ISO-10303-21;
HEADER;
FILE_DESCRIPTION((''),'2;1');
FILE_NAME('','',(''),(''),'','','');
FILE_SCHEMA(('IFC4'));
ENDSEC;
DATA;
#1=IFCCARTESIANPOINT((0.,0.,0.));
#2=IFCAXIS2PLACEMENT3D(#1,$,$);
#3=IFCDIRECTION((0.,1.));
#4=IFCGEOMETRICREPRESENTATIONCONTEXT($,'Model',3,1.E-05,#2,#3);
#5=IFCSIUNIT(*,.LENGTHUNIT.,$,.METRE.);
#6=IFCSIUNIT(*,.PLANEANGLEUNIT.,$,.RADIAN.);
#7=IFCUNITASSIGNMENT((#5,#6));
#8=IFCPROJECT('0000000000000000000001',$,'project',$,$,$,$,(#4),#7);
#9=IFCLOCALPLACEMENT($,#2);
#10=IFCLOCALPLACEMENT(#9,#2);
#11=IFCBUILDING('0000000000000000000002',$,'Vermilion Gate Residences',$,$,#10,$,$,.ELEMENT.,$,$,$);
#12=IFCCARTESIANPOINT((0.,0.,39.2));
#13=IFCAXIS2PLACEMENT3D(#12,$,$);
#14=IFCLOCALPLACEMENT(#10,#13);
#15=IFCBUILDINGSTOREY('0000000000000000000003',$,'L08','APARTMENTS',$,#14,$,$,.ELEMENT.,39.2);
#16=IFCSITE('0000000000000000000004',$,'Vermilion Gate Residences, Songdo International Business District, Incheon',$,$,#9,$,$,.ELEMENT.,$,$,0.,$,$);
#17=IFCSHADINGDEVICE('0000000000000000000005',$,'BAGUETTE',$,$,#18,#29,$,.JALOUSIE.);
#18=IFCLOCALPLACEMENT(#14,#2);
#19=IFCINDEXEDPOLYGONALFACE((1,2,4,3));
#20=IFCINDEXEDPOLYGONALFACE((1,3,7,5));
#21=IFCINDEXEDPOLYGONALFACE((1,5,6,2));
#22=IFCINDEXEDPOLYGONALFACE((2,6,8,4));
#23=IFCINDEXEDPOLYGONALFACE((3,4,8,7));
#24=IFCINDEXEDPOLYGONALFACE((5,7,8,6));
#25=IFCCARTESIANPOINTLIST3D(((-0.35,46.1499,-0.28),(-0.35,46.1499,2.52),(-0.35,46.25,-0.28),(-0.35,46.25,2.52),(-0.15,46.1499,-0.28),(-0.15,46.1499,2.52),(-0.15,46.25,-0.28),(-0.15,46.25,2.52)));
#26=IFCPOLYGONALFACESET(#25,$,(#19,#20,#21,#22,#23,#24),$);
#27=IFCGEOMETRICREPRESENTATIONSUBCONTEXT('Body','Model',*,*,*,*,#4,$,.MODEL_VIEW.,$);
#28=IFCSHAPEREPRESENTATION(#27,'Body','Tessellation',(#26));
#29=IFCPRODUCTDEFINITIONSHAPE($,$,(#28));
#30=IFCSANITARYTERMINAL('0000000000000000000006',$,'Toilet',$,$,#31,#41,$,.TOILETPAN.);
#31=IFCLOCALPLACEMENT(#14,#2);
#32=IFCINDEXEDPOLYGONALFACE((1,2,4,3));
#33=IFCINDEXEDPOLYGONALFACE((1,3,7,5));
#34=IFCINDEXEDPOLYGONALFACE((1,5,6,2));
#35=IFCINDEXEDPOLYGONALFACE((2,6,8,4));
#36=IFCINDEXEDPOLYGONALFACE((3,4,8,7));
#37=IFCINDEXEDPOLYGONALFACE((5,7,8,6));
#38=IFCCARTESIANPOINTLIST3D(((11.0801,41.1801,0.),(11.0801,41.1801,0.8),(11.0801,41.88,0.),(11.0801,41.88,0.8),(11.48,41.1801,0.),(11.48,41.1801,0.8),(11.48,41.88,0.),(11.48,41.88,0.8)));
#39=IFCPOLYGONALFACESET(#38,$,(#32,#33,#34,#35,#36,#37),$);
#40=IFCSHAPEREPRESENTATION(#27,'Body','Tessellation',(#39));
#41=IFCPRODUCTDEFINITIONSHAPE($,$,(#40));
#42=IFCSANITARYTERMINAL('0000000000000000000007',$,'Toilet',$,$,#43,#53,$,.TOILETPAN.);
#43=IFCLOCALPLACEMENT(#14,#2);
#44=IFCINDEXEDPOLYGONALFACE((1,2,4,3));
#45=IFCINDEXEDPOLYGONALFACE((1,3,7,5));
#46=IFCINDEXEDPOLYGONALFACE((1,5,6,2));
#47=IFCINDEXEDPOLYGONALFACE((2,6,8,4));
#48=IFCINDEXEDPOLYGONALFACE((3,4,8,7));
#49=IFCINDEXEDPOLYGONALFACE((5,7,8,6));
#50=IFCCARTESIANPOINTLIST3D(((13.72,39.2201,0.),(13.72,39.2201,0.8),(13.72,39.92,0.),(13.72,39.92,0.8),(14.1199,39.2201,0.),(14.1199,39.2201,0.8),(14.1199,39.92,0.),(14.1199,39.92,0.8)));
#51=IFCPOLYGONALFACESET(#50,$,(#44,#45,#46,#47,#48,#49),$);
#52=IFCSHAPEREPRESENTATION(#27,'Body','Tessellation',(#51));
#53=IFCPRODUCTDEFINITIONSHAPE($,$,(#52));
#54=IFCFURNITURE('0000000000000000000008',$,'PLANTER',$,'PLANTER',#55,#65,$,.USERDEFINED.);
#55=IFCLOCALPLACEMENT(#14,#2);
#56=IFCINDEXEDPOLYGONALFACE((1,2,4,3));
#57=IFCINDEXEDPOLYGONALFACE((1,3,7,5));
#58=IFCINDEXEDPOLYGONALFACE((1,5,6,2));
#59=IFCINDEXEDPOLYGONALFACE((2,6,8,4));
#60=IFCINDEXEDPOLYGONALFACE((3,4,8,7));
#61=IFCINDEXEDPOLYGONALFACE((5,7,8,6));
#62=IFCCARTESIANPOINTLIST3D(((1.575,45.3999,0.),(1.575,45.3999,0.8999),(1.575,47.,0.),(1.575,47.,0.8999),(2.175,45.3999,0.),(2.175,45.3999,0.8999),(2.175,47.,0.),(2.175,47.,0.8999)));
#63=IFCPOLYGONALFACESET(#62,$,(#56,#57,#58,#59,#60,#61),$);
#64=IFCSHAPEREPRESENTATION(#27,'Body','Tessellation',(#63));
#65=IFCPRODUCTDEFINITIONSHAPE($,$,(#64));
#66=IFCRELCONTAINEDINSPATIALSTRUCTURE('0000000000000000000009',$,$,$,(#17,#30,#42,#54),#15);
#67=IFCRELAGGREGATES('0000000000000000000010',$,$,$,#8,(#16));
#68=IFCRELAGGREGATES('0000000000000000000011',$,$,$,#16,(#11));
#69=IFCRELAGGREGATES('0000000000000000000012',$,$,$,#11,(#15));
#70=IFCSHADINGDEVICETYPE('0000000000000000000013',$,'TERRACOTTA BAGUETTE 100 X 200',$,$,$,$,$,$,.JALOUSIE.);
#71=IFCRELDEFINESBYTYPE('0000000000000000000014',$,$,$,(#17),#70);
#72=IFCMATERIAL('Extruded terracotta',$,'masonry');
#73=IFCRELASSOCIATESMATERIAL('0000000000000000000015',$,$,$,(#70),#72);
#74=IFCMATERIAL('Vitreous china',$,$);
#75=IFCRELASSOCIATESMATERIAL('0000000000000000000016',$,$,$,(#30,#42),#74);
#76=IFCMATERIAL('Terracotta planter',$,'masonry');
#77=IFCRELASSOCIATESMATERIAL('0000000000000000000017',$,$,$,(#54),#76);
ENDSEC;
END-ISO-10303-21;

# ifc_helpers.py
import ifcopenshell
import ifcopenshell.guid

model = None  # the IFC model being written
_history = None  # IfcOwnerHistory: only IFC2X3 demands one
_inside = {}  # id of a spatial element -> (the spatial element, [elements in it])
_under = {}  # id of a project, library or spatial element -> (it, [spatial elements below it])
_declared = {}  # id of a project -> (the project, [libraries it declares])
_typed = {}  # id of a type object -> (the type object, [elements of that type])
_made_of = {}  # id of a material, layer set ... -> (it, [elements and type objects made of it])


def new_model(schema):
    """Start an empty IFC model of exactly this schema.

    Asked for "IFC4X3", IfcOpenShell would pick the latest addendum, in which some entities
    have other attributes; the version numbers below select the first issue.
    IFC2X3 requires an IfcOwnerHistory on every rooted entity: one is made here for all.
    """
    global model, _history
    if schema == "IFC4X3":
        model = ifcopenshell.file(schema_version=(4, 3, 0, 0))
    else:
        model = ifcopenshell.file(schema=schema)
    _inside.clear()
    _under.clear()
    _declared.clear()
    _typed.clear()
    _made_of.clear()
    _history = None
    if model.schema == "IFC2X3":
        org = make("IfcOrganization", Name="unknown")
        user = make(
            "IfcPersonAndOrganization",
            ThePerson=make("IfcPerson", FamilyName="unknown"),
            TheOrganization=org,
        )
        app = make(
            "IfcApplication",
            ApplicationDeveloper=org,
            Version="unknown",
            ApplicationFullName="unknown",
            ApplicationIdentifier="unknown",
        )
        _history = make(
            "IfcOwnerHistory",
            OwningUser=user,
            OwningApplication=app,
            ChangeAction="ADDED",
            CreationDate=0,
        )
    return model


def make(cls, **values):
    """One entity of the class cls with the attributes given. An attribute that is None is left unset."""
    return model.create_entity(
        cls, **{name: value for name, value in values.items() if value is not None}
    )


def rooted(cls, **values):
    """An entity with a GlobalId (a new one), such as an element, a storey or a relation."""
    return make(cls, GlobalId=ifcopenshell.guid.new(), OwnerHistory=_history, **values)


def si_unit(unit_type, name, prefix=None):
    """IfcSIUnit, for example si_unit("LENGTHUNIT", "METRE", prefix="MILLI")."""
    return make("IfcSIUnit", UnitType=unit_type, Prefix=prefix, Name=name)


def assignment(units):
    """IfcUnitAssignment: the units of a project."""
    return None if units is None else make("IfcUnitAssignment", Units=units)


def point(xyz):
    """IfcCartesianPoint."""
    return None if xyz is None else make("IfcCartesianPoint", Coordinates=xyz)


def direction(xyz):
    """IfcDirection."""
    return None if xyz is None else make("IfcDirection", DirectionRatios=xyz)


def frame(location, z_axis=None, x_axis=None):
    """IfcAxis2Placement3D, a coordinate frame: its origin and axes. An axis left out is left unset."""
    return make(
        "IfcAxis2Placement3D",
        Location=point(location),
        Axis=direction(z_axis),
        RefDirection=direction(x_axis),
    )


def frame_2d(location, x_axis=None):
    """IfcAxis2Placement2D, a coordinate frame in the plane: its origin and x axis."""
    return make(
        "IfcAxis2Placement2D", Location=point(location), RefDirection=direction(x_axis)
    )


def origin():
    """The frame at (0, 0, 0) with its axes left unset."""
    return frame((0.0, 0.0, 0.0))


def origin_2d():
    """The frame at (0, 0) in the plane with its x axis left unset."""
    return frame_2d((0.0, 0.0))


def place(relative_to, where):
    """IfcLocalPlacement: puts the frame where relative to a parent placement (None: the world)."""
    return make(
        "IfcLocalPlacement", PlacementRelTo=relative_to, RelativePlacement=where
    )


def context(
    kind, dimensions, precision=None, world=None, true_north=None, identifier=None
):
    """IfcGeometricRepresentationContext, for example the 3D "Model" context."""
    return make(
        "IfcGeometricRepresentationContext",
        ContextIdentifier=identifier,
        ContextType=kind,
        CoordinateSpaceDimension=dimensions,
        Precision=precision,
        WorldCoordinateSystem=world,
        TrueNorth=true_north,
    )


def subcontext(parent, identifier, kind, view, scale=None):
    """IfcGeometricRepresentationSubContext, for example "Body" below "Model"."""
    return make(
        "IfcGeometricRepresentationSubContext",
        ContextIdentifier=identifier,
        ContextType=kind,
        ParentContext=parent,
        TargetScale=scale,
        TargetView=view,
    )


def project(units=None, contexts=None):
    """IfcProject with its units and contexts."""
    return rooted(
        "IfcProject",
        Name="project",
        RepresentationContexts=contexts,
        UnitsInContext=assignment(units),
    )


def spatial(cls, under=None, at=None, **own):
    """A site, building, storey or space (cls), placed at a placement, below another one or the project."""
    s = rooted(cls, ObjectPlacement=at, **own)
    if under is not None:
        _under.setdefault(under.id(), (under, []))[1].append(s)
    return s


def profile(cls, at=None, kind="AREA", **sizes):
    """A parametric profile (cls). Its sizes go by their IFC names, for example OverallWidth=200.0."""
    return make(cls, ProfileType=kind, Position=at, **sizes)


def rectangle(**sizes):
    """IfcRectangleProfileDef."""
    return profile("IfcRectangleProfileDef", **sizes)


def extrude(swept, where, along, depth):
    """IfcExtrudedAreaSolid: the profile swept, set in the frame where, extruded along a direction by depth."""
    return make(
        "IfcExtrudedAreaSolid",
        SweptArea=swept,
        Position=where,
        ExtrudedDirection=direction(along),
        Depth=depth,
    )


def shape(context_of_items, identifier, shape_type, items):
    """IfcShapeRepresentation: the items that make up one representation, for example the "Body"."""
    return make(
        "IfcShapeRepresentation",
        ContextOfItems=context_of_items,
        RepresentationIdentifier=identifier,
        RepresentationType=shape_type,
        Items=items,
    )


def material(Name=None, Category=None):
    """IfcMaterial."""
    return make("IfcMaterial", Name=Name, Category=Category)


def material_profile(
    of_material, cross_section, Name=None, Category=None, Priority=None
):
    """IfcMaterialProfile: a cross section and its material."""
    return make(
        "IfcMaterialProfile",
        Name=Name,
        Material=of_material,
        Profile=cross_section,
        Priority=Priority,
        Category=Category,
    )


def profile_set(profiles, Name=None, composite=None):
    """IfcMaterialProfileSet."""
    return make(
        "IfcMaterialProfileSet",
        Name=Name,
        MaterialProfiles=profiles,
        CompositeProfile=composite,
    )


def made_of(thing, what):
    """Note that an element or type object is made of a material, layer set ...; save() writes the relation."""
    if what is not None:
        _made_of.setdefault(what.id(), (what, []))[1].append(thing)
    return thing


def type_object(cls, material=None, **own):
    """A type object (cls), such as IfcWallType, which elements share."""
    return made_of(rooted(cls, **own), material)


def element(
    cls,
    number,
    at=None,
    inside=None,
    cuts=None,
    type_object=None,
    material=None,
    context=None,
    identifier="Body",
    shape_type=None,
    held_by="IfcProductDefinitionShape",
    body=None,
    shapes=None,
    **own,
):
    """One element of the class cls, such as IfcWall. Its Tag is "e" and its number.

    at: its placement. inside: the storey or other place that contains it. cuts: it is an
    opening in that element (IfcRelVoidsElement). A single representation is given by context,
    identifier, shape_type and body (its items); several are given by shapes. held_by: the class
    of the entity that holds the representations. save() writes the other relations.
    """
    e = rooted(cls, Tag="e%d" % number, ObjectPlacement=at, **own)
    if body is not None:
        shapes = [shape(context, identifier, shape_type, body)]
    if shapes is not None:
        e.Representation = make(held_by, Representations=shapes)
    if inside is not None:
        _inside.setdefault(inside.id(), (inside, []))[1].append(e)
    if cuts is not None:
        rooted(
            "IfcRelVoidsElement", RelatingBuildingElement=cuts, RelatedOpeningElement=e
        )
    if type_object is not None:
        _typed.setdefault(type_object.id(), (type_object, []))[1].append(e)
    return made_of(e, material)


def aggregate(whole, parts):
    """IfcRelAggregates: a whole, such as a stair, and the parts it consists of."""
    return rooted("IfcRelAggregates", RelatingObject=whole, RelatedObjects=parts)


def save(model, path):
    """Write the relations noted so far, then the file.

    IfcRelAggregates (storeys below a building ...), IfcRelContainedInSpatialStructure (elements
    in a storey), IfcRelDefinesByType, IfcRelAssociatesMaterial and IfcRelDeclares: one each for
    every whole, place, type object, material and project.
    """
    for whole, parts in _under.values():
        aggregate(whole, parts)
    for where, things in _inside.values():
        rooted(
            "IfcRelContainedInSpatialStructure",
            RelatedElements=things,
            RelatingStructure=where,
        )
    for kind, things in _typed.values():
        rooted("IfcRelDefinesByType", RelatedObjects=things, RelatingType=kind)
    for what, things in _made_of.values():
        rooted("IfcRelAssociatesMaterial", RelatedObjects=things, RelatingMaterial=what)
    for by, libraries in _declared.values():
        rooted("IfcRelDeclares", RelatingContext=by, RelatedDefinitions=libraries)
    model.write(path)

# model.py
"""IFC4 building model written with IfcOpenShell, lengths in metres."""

from ifc_helpers import new_model, si_unit, direction, frame, origin, origin_2d, place, context, subcontext, project, spatial, rectangle, extrude, material, material_profile, profile_set, type_object, element, save


model = new_model("IFC4")

# Units and contexts
model_context = context("Model", 3, precision=1e-05, world=origin(), true_north=direction((0.0, 1.0)))
body_context = subcontext(model_context, "Body", "Model", "MODEL_VIEW")
ifc_project = project(units=[si_unit("LENGTHUNIT", "METRE"), si_unit("PLANEANGLEUNIT", "RADIAN")], contexts=[model_context])

# Site, building, storey
site_placement = place(None, origin())
site = spatial("IfcSite", under=ifc_project, at=site_placement, Name="Vermilion Gate Residences, Songdo International Business District, Incheon", CompositionType="ELEMENT", RefElevation=0.0)
building_placement = place(site_placement, origin())
building = spatial("IfcBuilding", under=site, at=building_placement, Name="Vermilion Gate Residences", CompositionType="ELEMENT")
storey_placement = place(building_placement, frame((0.0, 0.0, 39.2)))
storey = spatial("IfcBuildingStorey", under=building, at=storey_placement, Name="L08", Description="APARTMENTS", CompositionType="ELEMENT", Elevation=39.2)

# Shading device
ifc_material_1 = material(Name="Extruded terracotta", Category="masonry")
ifc_material_profile_1 = material_profile(ifc_material_1, rectangle(XDim=0.2, YDim=0.1001, at=origin_2d()), Name="BAGUETTE 100 X 200")
ifc_profile_set_1 = profile_set([ifc_material_profile_1], Name="Extruded terracotta")
shading_device_type = type_object("IfcShadingDeviceType", Name="TERRACOTTA BAGUETTE 100 X 200", PredefinedType="JALOUSIE", material=ifc_profile_set_1)
shading_device_placement = place(storey_placement, frame((-0.25, 46.2, -0.28), z_axis=(0.0, 0.0, 1.0), x_axis=(1.0, 0.0, 0.0)))
element("IfcShadingDevice", 1, at=shading_device_placement, inside=storey, type_object=shading_device_type, Name="BAGUETTE", PredefinedType="JALOUSIE", context=body_context, shape_type="SweptSolid", body=[
    extrude(rectangle(XDim=0.2, YDim=0.1001, at=origin_2d()), origin(), (0.0, 0.0, 1.0), 2.8),
])

# Sanitary terminals
ifc_material_2 = material(Name="Vitreous china")
for number, where, z_axis, x_axis, name in (
    (2, (11.28, 41.53, 0.0), (0.0, 0.0, 1.0), (1.0, 0.0, 0.0), "Toilet"),
    (3, (13.9199, 39.5701, 0.0), (0.0, 0.0, 1.0), (1.0, 0.0, 0.0), "Toilet"),
):
    element("IfcSanitaryTerminal", number, at=place(storey_placement, frame(where, z_axis=z_axis, x_axis=x_axis)), inside=storey, material=ifc_material_2, Name=name, PredefinedType="TOILETPAN", context=body_context, shape_type="SweptSolid", body=[
        extrude(rectangle(XDim=0.3999, YDim=0.7, at=origin_2d()), origin(), (0.0, 0.0, 1.0), 0.8),
    ])

# Furniture
ifc_material_3 = material(Name="Terracotta planter", Category="masonry")
furniture_placement = place(storey_placement, frame((1.875, 46.2, 0.0), z_axis=(0.0, 0.0, 1.0), x_axis=(0.0, -1.0, 0.0)))
element("IfcFurniture", 4, at=furniture_placement, inside=storey, material=ifc_material_3, Name="PLANTER", ObjectType="PLANTER", PredefinedType="USERDEFINED", context=body_context, shape_type="SweptSolid", body=[
    extrude(rectangle(XDim=1.6001, YDim=0.6001, at=origin_2d()), origin(), (0.0, 0.0, 1.0), 0.8999),
])

save(model, "model.ifc")
